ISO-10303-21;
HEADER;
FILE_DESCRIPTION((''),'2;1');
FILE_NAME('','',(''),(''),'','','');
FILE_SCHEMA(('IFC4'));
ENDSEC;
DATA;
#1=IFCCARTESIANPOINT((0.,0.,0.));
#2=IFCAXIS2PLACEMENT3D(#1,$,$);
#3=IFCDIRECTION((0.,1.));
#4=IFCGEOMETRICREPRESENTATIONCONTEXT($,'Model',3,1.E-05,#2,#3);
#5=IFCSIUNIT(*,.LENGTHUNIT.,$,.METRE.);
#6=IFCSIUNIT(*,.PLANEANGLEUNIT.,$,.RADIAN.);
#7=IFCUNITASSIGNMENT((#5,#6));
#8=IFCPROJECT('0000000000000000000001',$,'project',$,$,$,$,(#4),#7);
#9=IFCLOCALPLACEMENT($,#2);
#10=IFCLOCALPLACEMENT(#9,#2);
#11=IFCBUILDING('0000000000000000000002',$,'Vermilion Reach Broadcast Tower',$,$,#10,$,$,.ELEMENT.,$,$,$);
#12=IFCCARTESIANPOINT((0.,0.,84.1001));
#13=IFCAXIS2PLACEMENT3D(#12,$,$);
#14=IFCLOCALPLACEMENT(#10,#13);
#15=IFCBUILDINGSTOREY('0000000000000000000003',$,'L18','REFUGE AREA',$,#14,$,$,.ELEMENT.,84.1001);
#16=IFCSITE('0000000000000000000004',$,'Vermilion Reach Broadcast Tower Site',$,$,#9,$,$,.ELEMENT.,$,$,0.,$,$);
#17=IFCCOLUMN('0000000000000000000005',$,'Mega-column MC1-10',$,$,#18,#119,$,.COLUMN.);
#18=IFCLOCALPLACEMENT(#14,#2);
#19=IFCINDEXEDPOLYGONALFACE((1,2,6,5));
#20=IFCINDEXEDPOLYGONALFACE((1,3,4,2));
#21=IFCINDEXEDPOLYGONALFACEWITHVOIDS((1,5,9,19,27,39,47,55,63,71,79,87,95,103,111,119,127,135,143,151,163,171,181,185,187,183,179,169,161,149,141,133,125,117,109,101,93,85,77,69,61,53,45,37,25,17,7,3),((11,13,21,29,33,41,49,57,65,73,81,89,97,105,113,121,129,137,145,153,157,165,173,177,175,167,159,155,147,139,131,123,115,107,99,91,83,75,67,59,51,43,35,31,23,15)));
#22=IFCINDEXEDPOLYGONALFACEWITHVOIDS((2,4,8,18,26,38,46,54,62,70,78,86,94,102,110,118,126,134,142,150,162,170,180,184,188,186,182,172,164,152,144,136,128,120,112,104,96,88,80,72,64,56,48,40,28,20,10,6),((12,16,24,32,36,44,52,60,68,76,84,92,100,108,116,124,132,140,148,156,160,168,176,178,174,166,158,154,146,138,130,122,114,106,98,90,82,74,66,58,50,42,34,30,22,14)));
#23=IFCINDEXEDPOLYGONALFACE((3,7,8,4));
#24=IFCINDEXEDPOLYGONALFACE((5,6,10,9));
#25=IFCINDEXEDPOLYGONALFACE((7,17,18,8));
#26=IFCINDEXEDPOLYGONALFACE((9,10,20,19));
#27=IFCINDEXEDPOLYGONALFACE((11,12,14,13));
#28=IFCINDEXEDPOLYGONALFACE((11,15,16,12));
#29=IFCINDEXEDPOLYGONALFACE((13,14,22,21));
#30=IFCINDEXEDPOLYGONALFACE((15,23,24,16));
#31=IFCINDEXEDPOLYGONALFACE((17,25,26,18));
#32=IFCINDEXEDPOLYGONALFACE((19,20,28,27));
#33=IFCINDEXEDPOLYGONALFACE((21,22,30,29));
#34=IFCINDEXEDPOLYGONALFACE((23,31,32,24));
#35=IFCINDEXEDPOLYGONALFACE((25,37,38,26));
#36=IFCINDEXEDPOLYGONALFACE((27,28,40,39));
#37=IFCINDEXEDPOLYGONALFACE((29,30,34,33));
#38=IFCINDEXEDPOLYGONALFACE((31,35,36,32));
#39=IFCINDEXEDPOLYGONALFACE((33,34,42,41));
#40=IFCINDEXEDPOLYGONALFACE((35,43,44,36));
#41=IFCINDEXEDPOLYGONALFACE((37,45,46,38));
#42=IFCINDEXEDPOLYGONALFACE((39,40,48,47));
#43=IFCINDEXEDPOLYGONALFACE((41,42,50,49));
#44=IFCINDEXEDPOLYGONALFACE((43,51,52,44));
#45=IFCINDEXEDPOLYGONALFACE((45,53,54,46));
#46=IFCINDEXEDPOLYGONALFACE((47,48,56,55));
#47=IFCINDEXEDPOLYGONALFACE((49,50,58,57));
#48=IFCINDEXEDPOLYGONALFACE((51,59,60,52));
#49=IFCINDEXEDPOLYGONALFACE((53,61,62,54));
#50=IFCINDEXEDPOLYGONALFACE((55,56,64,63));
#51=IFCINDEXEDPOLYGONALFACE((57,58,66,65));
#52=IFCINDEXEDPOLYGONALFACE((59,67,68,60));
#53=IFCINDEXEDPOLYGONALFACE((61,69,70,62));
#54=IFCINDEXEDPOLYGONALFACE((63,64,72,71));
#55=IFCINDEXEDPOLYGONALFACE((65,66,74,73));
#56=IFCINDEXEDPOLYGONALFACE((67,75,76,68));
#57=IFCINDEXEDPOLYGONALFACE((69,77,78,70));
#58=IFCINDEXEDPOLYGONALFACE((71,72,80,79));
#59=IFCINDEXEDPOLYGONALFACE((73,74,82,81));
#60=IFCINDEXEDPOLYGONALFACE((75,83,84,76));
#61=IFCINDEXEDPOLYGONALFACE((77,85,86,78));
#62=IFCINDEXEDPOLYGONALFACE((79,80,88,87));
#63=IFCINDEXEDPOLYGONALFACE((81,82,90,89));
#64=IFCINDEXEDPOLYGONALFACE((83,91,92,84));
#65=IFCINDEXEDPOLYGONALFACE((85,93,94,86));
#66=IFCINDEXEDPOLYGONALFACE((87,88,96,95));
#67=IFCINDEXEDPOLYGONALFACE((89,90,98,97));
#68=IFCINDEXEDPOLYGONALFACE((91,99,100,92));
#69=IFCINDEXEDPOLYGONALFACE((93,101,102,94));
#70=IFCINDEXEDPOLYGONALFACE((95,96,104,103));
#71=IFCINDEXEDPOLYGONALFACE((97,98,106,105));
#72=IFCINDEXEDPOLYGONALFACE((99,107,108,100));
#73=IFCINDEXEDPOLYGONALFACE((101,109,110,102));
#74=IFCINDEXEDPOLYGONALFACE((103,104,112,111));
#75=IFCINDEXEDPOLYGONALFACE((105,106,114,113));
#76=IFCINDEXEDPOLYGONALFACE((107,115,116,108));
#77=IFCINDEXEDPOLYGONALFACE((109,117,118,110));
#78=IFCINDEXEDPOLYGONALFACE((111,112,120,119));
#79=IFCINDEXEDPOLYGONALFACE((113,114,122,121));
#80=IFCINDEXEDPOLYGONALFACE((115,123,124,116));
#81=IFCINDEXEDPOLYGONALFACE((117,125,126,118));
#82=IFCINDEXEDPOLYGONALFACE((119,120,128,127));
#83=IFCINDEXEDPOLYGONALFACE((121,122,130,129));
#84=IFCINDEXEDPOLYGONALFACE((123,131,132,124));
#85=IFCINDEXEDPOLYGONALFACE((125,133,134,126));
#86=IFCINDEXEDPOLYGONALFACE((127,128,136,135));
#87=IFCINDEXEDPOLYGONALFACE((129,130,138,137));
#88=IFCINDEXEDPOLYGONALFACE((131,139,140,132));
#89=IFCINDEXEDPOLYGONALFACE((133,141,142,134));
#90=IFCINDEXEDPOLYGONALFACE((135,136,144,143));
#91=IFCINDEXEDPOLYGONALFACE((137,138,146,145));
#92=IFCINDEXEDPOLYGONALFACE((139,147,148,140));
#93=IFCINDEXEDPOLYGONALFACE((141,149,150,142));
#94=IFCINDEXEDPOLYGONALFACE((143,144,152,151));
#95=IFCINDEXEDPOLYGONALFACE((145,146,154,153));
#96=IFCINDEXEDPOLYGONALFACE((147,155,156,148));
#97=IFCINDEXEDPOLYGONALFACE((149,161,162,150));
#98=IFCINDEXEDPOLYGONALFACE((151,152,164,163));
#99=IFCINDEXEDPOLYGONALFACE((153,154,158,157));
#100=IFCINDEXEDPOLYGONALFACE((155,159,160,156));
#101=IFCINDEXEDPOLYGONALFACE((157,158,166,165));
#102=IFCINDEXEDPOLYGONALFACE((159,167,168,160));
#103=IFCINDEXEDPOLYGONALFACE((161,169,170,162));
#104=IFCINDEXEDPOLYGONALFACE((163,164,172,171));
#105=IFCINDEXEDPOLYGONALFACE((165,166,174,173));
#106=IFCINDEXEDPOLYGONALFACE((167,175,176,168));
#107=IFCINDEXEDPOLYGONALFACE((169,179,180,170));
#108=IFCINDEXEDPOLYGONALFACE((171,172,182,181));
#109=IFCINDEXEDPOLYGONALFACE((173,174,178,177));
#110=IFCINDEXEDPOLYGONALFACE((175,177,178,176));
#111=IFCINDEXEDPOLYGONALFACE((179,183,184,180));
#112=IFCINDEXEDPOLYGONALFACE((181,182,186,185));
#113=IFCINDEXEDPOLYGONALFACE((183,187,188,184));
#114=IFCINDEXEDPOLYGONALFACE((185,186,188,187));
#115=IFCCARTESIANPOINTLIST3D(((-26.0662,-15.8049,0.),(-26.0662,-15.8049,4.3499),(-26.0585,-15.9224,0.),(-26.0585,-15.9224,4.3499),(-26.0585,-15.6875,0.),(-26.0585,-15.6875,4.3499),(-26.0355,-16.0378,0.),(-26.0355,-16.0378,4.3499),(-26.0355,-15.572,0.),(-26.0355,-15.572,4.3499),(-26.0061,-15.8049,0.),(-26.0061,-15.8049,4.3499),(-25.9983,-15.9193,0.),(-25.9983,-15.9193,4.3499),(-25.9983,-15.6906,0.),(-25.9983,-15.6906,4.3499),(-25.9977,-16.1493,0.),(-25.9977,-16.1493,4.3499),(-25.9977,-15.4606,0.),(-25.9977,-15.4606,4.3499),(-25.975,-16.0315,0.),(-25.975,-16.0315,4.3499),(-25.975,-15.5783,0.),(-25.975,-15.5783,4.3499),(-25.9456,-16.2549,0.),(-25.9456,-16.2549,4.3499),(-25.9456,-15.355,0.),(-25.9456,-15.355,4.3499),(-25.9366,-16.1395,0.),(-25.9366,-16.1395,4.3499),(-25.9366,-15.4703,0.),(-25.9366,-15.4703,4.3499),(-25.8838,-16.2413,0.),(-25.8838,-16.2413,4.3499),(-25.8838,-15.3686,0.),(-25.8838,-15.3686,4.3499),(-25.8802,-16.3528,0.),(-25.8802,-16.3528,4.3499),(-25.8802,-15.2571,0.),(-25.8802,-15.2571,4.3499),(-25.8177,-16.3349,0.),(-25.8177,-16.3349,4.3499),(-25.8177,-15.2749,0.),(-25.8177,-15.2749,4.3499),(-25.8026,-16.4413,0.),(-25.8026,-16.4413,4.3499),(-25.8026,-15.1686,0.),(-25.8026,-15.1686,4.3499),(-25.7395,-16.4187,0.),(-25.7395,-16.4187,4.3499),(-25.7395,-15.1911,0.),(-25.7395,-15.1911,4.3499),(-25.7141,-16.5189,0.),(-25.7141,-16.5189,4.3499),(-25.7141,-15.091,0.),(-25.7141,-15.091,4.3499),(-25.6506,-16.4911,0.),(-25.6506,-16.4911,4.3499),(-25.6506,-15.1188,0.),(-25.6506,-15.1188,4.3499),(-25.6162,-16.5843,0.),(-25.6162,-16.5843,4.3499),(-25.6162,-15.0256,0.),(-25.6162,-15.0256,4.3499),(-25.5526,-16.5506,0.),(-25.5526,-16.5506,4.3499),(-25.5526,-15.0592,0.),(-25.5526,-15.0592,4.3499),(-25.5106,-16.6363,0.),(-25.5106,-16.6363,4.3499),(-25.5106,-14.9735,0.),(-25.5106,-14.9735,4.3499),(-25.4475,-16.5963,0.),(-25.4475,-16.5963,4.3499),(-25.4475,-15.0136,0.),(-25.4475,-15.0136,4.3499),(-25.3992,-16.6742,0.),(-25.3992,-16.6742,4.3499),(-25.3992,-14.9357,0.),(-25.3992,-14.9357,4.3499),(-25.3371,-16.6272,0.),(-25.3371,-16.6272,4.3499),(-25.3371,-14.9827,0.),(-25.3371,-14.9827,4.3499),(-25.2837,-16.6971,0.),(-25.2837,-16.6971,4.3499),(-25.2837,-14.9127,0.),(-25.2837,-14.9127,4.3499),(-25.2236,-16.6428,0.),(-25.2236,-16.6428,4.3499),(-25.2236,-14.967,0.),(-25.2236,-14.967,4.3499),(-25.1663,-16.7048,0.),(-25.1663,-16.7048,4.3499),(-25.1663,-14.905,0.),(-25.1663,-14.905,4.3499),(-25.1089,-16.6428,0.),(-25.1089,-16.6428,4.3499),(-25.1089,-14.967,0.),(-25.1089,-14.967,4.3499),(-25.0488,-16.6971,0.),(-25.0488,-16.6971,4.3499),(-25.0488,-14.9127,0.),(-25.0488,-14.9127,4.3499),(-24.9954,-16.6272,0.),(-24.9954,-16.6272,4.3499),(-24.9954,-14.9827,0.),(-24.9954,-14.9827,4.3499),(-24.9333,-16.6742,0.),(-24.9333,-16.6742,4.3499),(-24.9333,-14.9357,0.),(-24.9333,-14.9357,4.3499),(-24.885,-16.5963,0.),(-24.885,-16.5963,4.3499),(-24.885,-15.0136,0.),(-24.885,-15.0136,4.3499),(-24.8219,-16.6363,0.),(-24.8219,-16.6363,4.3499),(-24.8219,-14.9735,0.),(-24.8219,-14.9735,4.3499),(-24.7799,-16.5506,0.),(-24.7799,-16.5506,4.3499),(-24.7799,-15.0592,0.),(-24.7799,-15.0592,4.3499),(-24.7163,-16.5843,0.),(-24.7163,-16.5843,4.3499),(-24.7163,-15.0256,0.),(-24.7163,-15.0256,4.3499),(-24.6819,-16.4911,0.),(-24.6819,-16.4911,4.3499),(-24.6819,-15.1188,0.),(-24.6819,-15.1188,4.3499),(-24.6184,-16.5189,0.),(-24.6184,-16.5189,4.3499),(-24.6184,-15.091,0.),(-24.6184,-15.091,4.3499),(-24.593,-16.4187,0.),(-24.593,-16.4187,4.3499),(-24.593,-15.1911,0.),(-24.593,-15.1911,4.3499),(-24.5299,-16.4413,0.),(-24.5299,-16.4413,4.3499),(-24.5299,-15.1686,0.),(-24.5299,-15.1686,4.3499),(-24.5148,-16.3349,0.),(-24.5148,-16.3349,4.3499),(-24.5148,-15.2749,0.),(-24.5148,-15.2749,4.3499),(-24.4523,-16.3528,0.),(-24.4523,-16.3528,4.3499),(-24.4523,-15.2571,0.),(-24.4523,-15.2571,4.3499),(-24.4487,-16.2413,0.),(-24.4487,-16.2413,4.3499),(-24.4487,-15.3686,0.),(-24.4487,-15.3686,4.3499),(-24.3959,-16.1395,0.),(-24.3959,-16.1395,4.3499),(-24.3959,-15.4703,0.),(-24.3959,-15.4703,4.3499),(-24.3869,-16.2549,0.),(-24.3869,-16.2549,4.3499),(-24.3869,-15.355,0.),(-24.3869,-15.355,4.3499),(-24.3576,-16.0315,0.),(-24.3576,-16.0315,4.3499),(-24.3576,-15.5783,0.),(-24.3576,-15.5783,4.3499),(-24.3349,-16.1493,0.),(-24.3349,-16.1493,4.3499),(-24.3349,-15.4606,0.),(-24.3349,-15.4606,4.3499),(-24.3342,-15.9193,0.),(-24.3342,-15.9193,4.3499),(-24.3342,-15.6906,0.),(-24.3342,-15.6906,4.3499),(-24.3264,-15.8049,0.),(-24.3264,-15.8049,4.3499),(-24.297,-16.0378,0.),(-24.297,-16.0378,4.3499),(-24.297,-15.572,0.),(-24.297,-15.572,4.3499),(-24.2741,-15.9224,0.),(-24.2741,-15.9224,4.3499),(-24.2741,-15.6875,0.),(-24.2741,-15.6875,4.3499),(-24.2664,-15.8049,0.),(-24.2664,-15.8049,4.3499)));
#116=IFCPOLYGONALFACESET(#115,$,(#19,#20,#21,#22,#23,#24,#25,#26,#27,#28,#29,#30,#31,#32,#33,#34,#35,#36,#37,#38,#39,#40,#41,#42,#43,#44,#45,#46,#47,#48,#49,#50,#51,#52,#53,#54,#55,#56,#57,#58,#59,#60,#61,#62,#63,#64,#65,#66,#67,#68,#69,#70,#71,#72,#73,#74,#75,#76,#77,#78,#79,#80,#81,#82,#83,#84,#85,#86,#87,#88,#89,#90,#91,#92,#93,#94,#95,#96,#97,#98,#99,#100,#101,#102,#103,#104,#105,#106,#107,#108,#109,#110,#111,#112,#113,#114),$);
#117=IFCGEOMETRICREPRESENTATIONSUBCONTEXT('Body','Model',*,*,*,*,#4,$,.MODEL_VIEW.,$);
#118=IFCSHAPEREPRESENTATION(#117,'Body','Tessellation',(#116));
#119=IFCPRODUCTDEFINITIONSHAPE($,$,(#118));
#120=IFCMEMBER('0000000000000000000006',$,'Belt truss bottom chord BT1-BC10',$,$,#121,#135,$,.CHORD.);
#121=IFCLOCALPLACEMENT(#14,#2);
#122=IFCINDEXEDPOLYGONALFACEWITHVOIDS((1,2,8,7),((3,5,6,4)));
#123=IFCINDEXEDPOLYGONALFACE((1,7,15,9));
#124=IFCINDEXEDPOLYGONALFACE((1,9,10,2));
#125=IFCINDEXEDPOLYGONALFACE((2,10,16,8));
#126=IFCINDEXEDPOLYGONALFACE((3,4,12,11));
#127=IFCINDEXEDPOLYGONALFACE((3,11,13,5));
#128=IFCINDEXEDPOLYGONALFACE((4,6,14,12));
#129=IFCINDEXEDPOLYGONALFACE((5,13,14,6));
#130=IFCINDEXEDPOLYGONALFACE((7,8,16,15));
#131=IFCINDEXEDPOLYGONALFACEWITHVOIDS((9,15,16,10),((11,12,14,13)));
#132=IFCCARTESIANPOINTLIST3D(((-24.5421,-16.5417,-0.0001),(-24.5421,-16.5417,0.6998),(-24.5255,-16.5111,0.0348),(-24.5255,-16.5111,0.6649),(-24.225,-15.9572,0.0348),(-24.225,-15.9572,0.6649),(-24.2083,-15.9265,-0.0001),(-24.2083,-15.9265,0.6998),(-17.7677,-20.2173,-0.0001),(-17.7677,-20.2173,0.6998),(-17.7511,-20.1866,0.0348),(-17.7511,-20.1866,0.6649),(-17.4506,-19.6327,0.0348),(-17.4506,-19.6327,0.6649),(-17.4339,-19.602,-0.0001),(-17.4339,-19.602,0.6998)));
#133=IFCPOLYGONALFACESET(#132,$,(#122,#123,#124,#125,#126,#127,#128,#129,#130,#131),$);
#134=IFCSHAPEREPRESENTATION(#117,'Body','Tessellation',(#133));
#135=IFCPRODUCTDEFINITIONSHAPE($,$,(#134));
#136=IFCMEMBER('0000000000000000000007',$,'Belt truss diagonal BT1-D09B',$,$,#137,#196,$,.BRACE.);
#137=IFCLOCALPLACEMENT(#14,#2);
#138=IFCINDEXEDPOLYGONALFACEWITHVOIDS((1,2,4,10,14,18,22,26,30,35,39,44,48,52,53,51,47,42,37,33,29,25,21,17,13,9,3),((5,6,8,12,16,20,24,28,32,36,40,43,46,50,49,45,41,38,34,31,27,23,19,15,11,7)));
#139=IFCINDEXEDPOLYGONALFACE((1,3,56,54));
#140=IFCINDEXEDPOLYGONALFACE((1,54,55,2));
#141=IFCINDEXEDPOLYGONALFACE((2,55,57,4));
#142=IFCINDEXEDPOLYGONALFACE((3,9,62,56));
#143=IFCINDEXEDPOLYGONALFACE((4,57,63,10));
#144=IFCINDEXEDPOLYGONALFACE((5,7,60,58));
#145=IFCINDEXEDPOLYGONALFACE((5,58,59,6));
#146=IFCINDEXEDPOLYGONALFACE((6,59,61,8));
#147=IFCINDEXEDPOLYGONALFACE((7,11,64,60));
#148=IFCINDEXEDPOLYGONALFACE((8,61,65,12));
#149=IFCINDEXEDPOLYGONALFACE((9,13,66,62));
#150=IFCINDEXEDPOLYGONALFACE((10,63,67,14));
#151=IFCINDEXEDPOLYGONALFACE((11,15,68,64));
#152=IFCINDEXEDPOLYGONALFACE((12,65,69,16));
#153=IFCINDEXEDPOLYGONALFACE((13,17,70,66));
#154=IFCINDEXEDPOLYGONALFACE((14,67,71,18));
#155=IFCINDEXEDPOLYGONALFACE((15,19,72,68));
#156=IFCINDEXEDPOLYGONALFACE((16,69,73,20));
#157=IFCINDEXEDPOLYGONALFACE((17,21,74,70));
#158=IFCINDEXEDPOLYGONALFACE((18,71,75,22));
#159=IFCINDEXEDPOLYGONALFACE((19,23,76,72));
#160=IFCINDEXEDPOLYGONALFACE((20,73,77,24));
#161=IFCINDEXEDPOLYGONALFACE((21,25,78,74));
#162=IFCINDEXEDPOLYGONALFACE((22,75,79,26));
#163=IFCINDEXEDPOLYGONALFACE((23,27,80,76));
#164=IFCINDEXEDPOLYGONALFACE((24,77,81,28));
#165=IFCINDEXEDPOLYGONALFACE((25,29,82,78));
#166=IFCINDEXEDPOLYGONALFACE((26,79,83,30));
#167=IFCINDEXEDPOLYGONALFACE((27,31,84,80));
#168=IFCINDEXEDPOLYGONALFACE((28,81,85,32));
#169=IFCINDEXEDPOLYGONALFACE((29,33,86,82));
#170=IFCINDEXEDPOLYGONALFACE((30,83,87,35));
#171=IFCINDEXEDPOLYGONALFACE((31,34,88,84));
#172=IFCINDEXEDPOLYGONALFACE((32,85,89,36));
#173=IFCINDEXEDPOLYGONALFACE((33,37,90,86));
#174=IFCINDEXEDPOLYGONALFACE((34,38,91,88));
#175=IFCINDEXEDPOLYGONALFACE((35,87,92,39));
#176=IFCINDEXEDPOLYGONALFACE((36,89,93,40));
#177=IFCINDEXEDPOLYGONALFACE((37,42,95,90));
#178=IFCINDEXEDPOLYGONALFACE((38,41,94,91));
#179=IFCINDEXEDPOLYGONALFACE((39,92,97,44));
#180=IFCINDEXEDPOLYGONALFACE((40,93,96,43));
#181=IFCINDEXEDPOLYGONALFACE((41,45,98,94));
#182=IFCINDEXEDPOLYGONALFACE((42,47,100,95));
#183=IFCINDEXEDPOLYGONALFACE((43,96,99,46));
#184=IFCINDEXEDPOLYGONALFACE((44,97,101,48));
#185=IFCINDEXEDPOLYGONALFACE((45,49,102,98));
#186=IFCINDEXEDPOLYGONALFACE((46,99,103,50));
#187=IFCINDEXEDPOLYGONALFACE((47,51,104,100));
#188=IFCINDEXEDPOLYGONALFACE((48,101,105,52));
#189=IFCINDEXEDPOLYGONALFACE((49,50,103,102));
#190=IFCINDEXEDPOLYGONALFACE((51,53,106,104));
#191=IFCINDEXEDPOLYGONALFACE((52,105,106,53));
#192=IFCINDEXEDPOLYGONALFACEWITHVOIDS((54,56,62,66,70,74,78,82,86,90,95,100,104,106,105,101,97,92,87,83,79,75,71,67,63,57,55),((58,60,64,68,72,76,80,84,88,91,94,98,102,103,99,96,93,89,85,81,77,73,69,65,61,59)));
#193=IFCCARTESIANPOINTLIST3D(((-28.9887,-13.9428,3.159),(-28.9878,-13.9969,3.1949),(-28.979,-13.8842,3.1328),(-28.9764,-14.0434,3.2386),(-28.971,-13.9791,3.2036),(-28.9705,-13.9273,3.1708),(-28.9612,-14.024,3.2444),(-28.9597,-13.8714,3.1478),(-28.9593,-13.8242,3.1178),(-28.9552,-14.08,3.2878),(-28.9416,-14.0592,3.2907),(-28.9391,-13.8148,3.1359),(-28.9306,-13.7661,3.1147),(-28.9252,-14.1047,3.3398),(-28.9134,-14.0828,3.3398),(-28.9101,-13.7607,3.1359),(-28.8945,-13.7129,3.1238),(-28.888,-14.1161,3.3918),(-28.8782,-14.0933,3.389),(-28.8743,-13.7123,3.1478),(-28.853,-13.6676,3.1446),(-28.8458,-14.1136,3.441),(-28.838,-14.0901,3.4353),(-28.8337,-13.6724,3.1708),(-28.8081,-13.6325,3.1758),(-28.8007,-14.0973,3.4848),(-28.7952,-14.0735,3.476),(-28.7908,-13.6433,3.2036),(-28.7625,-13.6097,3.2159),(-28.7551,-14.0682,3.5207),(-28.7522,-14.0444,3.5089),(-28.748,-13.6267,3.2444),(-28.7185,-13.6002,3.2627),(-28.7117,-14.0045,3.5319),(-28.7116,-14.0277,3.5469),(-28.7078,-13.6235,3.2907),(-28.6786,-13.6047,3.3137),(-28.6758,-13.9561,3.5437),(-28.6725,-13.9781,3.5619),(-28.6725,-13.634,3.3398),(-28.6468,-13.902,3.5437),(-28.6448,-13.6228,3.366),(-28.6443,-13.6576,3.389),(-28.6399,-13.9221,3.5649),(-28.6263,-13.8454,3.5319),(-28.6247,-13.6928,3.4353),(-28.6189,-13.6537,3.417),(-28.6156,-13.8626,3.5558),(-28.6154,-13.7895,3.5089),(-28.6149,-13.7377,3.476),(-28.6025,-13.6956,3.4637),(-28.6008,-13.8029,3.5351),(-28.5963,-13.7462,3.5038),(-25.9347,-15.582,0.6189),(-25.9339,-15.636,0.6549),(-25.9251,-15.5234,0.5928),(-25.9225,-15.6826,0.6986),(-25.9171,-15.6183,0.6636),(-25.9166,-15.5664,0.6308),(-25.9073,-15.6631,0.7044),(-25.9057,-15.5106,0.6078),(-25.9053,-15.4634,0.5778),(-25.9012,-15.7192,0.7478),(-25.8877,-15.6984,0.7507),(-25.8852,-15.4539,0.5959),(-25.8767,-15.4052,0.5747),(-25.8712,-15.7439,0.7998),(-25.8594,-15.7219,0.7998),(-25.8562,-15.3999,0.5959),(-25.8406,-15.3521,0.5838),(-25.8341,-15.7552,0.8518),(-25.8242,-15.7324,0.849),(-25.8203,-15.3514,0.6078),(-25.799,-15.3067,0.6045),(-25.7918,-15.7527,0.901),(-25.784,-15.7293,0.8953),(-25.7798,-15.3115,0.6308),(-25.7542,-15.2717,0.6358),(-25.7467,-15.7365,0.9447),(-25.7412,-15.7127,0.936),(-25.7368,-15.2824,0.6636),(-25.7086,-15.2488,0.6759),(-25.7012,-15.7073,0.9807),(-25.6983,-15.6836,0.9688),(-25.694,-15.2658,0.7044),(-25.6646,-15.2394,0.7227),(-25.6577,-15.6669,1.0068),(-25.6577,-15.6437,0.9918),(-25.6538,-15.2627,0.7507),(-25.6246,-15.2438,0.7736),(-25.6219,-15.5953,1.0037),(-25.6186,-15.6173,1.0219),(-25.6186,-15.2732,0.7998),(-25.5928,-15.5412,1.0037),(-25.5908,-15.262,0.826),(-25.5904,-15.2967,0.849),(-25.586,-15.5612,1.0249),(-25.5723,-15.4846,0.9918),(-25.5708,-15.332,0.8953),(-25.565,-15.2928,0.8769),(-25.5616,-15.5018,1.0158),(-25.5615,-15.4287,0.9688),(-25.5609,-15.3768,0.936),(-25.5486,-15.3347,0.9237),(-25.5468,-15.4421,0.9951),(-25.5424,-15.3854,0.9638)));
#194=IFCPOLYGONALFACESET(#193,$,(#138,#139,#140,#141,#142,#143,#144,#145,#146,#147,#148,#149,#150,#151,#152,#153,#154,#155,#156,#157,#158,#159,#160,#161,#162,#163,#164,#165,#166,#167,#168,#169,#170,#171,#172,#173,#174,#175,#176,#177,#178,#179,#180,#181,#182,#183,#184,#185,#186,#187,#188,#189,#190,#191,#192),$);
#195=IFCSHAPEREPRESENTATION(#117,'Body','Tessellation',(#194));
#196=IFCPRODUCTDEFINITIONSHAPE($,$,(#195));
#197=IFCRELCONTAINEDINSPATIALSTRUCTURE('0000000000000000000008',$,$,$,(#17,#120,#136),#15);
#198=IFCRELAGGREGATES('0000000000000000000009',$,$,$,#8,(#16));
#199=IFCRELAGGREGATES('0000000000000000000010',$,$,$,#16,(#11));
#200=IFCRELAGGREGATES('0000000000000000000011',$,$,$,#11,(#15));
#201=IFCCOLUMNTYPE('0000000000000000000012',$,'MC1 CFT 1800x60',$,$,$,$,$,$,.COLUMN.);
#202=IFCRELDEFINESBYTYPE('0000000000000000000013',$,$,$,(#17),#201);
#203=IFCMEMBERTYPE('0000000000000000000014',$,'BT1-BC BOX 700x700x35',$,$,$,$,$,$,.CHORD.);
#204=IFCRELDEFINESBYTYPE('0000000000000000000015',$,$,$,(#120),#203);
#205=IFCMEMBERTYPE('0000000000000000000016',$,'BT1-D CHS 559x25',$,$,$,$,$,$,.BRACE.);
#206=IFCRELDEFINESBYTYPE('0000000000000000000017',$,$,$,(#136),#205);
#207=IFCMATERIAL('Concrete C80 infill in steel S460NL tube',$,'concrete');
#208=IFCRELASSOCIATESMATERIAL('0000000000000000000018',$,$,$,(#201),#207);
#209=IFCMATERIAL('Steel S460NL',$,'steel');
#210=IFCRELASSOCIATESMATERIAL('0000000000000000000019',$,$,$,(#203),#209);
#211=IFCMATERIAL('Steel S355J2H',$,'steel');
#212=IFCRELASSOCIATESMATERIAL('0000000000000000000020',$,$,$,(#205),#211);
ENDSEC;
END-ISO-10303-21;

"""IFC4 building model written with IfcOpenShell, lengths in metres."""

from ifc_helpers import new_model, si_unit, direction, frame, origin, origin_2d, place, context, subcontext, project, spatial, hollow_rectangle, hollow_circle, extrude, material, material_profile, profile_set, type_object, element, save


model = new_model("IFC4")

# Units and contexts
model_context = context("Model", 3, precision=1e-05, world=origin(), true_north=direction((0.0, 1.0)))
body_context = subcontext(model_context, "Body", "Model", "MODEL_VIEW")
ifc_project = project(units=[si_unit("LENGTHUNIT", "METRE"), si_unit("PLANEANGLEUNIT", "RADIAN")], contexts=[model_context])

# Site, building, storey
site_placement = place(None, origin())
site = spatial("IfcSite", under=ifc_project, at=site_placement, Name="Vermilion Reach Broadcast Tower Site", CompositionType="ELEMENT", RefElevation=0.0)
building_placement = place(site_placement, origin())
building = spatial("IfcBuilding", under=site, at=building_placement, Name="Vermilion Reach Broadcast Tower", CompositionType="ELEMENT")
storey_placement = place(building_placement, frame((0.0, 0.0, 84.1001)))
storey = spatial("IfcBuildingStorey", under=building, at=storey_placement, Name="L18", Description="REFUGE AREA", CompositionType="ELEMENT", Elevation=84.1001)

# Column
ifc_material_1 = material(Name="Concrete C80 infill in steel S460NL tube", Category="concrete")
ifc_material_profile_1 = material_profile(ifc_material_1, hollow_circle(Radius=0.8999, WallThickness=0.0601, at=origin_2d()), Name="Concrete C80 infill in steel S460NL tube CFT 1800x60")
ifc_profile_set_1 = profile_set([ifc_material_profile_1], Name="Concrete C80 infill in steel S460NL tube")
column_type = type_object("IfcColumnType", Name="MC1 CFT 1800x60", PredefinedType="COLUMN", material=ifc_profile_set_1)
column_placement = place(storey_placement, frame((-25.1663, -15.8049, 0.0), z_axis=(0.0, 0.0, 1.0), x_axis=(1.0, 0.0, 0.0)))
element("IfcColumn", 1, at=column_placement, inside=storey, type_object=column_type, Name="Mega-column MC1-10", PredefinedType="COLUMN", context=body_context, shape_type="SweptSolid", body=[
    extrude(hollow_circle(Radius=0.8999, WallThickness=0.0601, at=origin_2d()), origin(), (0.0, 0.0, 1.0), 4.3499),
])

# Members
ifc_material_2 = material(Name="Steel S460NL", Category="steel")
ifc_material_profile_2 = material_profile(ifc_material_2, hollow_rectangle(XDim=0.7, YDim=0.7, WallThickness=0.0349, at=origin_2d()), Name="S460NL BOX 700x700x35")
ifc_profile_set_2 = profile_set([ifc_material_profile_2], Name="Steel S460NL")
member_type_1 = type_object("IfcMemberType", Name="BT1-BC BOX 700x700x35", PredefinedType="CHORD", material=ifc_profile_set_2)
member_1_placement = place(storey_placement, frame((-24.3752, -16.2341, 0.3499), z_axis=(0.878962, -0.476891, 0.0), x_axis=(0.476891, 0.878962, 0.0)))
element("IfcMember", 2, at=member_1_placement, inside=storey, type_object=member_type_1, Name="Belt truss bottom chord BT1-BC10", PredefinedType="CHORD", context=body_context, shape_type="SweptSolid", body=[
    extrude(hollow_rectangle(XDim=0.7, YDim=0.7, WallThickness=0.0349, at=origin_2d()), origin(), (0.0, 0.0, 1.0), 7.7073),
])
ifc_material_3 = material(Name="Steel S355J2H", Category="steel")
ifc_material_profile_3 = material_profile(ifc_material_3, hollow_circle(Radius=0.2795, WallThickness=0.0249, at=origin_2d()), Name="S355J2H CHS 559x25")
ifc_profile_set_3 = profile_set([ifc_material_profile_3], Name="Steel S355J2H")
member_type_2 = type_object("IfcMemberType", Name="BT1-D CHS 559x25", PredefinedType="BRACE", material=ifc_profile_set_3)
member_2_placement = place(storey_placement, frame((-25.739, -15.4976, 0.7998), z_axis=(-0.710697, 0.381455, 0.591102), x_axis=(-0.472919, -0.881106, 0.0)))
element("IfcMember", 3, at=member_2_placement, inside=storey, type_object=member_type_2, Name="Belt truss diagonal BT1-D09B", PredefinedType="BRACE", context=body_context, shape_type="SweptSolid", body=[
    extrude(hollow_circle(Radius=0.2795, WallThickness=0.0249, at=origin_2d()), origin(), (0.0, 0.0, 1.0), 4.2971),
])

save(model, "model.ifc")
